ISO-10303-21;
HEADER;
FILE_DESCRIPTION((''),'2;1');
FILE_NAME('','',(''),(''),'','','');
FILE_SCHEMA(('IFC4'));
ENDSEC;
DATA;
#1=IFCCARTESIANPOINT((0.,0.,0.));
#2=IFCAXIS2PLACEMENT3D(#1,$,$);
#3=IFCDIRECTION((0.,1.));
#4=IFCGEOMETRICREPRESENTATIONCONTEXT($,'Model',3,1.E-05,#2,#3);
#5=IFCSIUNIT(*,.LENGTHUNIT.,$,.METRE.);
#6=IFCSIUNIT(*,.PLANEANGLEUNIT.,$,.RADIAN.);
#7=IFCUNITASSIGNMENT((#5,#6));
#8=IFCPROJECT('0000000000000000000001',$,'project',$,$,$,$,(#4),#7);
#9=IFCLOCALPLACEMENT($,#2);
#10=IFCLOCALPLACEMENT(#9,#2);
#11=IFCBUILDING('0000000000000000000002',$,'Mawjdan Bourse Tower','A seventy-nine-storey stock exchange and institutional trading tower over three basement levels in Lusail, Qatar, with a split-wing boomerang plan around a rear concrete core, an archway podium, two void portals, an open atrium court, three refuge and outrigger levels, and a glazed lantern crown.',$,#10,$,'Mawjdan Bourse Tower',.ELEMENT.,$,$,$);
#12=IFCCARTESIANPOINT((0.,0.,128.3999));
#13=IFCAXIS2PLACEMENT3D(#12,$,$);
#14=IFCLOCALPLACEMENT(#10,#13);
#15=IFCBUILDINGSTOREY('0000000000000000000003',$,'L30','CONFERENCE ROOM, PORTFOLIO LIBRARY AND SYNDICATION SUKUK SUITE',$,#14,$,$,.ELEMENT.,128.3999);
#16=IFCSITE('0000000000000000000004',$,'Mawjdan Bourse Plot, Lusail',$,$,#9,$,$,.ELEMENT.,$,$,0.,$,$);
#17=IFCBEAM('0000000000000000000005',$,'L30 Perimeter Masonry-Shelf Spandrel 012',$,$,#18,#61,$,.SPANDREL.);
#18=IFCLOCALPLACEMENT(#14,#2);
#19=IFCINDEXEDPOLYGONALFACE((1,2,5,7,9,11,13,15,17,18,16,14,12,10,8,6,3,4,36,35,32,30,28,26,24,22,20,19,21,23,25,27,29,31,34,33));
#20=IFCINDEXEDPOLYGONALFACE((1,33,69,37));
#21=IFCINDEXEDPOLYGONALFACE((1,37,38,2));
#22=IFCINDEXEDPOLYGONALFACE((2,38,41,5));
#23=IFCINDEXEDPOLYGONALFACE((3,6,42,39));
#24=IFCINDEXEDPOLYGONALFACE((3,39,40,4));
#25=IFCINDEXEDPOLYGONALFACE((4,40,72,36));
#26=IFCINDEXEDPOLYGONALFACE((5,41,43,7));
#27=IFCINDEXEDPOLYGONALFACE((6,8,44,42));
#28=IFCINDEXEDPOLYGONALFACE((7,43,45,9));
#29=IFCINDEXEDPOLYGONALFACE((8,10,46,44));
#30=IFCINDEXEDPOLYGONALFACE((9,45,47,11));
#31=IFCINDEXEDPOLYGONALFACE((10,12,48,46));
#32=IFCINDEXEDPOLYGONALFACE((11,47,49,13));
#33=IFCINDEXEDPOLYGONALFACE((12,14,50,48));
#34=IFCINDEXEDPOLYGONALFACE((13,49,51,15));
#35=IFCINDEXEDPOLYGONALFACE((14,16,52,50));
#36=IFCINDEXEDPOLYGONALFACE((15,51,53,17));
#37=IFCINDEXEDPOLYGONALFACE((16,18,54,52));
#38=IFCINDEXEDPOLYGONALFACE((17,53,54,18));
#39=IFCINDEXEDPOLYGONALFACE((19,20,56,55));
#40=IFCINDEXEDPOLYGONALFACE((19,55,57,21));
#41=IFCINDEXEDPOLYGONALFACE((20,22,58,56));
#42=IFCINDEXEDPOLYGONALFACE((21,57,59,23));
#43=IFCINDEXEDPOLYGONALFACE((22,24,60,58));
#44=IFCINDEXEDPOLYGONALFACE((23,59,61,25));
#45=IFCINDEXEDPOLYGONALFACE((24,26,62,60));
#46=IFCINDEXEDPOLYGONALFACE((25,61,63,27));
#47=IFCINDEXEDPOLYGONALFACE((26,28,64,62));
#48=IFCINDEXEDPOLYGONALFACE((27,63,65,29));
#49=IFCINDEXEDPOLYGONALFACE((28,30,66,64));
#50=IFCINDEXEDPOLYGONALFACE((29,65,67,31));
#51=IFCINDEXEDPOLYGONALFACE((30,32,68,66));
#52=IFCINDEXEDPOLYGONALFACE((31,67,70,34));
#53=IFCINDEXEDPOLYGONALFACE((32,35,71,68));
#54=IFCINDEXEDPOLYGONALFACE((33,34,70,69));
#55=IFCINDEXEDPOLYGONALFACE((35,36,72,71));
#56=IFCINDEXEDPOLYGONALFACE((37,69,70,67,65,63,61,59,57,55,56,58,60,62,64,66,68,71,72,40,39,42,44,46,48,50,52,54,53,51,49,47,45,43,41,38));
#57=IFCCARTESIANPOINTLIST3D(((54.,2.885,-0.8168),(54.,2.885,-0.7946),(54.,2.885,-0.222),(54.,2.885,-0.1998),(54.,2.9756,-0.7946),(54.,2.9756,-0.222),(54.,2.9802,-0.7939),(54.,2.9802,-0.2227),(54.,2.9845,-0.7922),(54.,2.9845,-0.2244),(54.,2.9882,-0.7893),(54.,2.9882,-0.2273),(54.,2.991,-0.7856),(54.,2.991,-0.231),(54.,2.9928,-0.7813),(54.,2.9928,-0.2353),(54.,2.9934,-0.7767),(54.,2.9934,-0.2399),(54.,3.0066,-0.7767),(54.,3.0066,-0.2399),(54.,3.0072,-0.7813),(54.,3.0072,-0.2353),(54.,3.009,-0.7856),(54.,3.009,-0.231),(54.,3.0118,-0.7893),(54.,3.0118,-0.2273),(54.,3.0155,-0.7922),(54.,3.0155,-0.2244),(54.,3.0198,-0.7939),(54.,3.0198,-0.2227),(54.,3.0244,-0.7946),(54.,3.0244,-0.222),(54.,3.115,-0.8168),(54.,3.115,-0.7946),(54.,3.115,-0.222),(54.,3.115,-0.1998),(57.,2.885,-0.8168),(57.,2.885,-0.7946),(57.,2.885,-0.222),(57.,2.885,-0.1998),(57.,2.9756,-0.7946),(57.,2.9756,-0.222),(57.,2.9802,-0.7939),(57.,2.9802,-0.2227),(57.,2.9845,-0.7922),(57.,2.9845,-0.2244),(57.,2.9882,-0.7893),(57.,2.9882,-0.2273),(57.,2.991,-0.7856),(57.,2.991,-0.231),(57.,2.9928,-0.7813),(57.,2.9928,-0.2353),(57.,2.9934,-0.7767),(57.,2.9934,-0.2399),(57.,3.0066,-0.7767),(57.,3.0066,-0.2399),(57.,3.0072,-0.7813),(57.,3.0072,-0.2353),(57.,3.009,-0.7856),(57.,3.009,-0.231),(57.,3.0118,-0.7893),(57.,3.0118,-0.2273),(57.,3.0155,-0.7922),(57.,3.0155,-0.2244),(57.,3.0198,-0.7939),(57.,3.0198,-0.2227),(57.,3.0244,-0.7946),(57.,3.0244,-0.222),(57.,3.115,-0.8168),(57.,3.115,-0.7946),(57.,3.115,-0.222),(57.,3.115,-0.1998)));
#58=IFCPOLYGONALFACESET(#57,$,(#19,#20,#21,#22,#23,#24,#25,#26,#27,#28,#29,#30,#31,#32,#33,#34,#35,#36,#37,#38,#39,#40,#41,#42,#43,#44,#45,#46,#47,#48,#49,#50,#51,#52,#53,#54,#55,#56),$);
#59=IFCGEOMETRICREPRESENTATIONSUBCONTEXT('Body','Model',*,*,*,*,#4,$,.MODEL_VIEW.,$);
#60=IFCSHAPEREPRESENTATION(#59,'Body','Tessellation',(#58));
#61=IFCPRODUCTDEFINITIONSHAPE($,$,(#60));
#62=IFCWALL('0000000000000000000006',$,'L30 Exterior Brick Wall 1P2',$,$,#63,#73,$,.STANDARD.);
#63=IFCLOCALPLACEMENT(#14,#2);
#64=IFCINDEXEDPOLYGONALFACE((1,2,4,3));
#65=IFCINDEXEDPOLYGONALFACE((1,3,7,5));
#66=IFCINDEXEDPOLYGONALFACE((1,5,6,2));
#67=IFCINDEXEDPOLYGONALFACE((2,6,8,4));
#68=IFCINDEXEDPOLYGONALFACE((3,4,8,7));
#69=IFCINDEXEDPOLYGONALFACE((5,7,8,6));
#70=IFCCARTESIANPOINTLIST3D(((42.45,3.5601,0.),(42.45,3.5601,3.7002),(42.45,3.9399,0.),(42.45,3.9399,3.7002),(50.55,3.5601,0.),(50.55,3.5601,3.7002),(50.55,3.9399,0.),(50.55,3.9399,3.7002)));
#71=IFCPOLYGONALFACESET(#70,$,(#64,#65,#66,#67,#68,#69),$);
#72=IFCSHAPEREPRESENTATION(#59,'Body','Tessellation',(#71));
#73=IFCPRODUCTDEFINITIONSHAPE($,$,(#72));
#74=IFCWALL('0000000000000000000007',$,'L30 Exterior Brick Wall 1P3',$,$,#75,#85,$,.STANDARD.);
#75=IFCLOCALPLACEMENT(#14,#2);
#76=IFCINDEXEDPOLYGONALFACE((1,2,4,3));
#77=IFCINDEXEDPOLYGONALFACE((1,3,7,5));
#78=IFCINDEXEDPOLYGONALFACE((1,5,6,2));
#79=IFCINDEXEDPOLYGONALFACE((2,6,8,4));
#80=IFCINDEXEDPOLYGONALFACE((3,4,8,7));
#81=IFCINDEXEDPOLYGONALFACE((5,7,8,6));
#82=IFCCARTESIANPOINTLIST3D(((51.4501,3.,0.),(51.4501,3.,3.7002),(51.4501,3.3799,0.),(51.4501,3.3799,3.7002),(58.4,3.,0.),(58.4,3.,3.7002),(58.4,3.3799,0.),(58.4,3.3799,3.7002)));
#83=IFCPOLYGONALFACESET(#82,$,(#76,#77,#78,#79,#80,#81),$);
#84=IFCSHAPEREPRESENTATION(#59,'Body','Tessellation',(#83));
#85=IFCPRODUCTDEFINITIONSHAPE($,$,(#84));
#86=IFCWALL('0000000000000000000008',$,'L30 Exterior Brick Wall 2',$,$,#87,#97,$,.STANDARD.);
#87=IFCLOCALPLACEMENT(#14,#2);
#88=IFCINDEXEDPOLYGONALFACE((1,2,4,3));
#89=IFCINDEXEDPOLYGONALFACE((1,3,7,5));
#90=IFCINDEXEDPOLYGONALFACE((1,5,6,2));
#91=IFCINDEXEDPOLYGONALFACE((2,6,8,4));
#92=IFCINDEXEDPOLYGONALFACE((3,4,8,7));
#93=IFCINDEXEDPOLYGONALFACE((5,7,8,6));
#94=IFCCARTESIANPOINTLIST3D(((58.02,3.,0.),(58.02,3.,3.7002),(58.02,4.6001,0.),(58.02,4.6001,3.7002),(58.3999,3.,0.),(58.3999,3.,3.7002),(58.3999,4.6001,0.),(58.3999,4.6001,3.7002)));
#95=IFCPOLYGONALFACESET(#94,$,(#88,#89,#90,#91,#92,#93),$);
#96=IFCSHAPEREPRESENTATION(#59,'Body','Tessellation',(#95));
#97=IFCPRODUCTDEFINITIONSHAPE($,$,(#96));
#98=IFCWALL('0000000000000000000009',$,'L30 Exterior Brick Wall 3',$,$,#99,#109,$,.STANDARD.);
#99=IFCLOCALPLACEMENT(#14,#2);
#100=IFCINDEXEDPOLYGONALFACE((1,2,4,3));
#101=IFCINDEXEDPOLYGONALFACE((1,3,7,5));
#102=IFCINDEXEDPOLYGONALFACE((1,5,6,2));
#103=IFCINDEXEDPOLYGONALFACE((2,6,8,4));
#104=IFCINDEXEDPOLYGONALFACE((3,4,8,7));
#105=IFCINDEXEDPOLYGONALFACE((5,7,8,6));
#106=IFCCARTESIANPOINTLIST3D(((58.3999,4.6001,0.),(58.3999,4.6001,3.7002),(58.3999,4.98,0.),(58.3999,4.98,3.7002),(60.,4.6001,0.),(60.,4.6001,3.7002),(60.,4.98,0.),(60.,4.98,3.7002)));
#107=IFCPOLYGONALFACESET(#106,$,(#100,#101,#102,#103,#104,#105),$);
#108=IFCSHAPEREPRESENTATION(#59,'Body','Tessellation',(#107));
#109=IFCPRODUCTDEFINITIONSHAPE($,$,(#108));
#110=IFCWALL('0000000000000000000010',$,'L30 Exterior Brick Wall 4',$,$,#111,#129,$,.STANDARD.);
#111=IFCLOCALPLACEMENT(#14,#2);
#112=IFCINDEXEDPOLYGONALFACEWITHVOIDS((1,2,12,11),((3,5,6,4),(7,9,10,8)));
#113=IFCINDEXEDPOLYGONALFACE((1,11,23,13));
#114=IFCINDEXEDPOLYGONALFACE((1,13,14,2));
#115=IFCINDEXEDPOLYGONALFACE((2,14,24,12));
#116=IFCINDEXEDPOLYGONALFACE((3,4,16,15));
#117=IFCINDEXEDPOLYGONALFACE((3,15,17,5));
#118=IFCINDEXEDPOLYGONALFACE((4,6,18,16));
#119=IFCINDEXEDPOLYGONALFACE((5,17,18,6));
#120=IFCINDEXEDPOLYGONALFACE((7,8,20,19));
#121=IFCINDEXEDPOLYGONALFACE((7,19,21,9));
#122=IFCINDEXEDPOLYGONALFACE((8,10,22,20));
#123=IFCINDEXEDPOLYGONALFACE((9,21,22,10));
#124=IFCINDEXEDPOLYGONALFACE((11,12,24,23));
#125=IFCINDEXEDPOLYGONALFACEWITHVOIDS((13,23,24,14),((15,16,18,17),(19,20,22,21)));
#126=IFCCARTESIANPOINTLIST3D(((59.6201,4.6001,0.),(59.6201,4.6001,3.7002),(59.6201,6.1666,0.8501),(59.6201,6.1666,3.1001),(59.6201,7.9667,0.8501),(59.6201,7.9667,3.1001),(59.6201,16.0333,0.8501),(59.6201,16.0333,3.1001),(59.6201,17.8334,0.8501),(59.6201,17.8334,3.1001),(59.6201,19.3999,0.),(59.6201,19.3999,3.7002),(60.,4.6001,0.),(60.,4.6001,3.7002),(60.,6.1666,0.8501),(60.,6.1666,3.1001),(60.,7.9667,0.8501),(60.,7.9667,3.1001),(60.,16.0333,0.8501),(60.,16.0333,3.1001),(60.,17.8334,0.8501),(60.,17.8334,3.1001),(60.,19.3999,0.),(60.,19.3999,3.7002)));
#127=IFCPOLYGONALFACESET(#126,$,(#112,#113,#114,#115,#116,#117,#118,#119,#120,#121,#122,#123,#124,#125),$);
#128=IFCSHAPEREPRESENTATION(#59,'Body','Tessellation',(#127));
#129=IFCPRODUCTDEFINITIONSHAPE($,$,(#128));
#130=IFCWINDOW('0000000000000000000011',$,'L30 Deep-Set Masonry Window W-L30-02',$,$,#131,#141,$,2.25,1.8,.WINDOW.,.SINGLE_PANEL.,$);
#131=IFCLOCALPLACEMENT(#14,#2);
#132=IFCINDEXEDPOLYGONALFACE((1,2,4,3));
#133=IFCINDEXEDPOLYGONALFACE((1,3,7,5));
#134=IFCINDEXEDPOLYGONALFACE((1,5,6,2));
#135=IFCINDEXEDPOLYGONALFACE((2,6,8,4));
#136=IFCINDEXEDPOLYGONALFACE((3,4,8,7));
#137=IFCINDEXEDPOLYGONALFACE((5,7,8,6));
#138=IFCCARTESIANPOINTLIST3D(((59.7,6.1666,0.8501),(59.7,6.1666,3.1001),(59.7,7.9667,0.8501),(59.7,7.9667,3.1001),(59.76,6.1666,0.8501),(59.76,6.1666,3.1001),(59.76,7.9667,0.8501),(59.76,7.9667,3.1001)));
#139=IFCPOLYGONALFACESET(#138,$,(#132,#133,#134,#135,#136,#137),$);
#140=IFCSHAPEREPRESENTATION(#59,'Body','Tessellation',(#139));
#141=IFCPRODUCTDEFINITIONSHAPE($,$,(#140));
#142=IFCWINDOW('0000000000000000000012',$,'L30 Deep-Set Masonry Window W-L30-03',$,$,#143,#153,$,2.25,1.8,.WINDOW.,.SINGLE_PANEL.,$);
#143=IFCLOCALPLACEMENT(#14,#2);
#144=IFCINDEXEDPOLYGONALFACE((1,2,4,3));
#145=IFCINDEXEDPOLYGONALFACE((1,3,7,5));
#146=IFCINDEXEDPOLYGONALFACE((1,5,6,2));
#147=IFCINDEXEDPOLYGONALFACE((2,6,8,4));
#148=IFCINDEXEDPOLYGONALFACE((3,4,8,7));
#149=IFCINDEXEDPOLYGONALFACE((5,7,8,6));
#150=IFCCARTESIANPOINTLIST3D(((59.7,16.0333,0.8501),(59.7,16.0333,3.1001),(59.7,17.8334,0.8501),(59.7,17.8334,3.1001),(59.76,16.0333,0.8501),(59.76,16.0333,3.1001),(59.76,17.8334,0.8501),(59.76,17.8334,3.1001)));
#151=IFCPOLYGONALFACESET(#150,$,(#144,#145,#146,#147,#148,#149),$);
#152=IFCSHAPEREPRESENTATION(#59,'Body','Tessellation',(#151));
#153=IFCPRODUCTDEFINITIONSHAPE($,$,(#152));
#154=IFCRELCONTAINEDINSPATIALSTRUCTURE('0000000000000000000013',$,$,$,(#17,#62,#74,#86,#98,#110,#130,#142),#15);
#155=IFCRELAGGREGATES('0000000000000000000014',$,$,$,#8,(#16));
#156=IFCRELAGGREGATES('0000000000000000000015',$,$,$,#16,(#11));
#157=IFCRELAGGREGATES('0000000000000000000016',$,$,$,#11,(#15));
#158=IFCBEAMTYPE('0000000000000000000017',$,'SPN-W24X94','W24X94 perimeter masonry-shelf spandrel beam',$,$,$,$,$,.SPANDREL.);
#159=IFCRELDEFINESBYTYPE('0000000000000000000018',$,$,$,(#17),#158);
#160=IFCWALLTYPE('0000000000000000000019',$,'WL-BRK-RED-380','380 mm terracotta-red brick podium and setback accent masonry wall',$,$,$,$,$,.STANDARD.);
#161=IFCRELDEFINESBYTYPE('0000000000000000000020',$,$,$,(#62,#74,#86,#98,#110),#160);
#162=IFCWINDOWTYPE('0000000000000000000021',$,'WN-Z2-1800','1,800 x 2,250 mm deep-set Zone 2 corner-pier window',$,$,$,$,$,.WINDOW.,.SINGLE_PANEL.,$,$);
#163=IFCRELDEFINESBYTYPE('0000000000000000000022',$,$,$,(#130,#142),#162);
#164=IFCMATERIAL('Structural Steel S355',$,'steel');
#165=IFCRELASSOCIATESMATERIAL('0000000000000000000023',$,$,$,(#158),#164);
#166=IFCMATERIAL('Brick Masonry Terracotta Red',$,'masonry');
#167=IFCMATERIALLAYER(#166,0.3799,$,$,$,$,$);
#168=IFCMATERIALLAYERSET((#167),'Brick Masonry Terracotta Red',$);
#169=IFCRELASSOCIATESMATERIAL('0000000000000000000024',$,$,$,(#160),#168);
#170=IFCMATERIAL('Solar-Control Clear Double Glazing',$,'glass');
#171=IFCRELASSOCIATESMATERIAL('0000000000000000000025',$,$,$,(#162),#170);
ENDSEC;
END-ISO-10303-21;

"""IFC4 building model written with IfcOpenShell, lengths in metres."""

from ifc_helpers import new_model, si_unit, direction, frame, frame_2d, origin, origin_2d, place, context, subcontext, project, spatial, rectangle, i_section, extrude, material, layer, layer_set, material_profile, profile_set, type_object, element, fill, save


model = new_model("IFC4")

# Units and contexts
model_context = context("Model", 3, precision=1e-05, world=origin(), true_north=direction((0.0, 1.0)))
body_context = subcontext(model_context, "Body", "Model", "MODEL_VIEW")
ifc_project = project(units=[si_unit("LENGTHUNIT", "METRE"), si_unit("PLANEANGLEUNIT", "RADIAN")], contexts=[model_context])

# Site, building, storey
site_placement = place(None, origin())
site = spatial("IfcSite", under=ifc_project, at=site_placement, Name="Mawjdan Bourse Plot, Lusail", CompositionType="ELEMENT", RefElevation=0.0)
building_placement = place(site_placement, origin())
building = spatial("IfcBuilding", under=site, at=building_placement, Name="Mawjdan Bourse Tower", Description="A seventy-nine-storey stock exchange and institutional trading tower over three basement levels in Lusail, Qatar, with a split-wing boomerang plan around a rear concrete core, an archway podium, two void portals, an open atrium court, three refuge and outrigger levels, and a glazed lantern crown.", LongName="Mawjdan Bourse Tower", CompositionType="ELEMENT")
storey_placement = place(building_placement, frame((0.0, 0.0, 128.3999)))
storey = spatial("IfcBuildingStorey", under=building, at=storey_placement, Name="L30", Description="CONFERENCE ROOM, PORTFOLIO LIBRARY AND SYNDICATION SUKUK SUITE", CompositionType="ELEMENT", Elevation=128.3999)

# Shared definitions
ifc_material_1 = material(Name="Structural Steel S355", Category="steel")

# Beam
ifc_material_profile_1 = material_profile(ifc_material_1, i_section(OverallWidth=0.23, OverallDepth=0.6169, WebThickness=0.0132, FlangeThickness=0.0222, FilletRadius=0.0178, at=origin_2d()), Name="W24X94")
ifc_profile_set_1 = profile_set([ifc_material_profile_1], Name="Structural Steel S355")
beam_type_1 = type_object("IfcBeamType", Name="SPN-W24X94", Description="W24X94 perimeter masonry-shelf spandrel beam", PredefinedType="SPANDREL", material=ifc_profile_set_1)
for number, where, z_axis, x_axis, name in (
    (1, (54.0, 3.0, -0.5083), (1.0, 0.0, 0.0), (0.0, 1.0, 0.0), "L30 Perimeter Masonry-Shelf Spandrel 012"),
):
    element("IfcBeam", number, at=place(storey_placement, frame(where, z_axis=z_axis, x_axis=x_axis)), inside=storey, type_object=beam_type_1, Name=name, PredefinedType="SPANDREL", context=body_context, shape_type="SweptSolid", body=[
        extrude(i_section(OverallWidth=0.23, OverallDepth=0.6169, WebThickness=0.0132, FlangeThickness=0.0222, FilletRadius=0.0178, at=origin_2d()), origin(), (0.0, 0.0, 1.0), 3.0),
    ])

# Walls
ifc_material_2 = material(Name="Brick Masonry Terracotta Red", Category="masonry")
ifc_layer_1 = layer(ifc_material_2, 0.3799)
ifc_layer_set_1 = layer_set([ifc_layer_1], Name="Brick Masonry Terracotta Red")
wall_type_1 = type_object("IfcWallType", Name="WL-BRK-RED-380", Description="380 mm terracotta-red brick podium and setback accent masonry wall", PredefinedType="STANDARD", material=ifc_layer_set_1)
wall_1_placement = place(storey_placement, frame((42.45, 3.75, 0.0), z_axis=(0.0, 0.0, 1.0), x_axis=(1.0, 0.0, 0.0)))
element("IfcWall", 2, at=wall_1_placement, inside=storey, type_object=wall_type_1, Name="L30 Exterior Brick Wall 1P2", PredefinedType="STANDARD", context=body_context, shape_type="SweptSolid", body=[
    extrude(rectangle(XDim=8.1001, YDim=0.3799, at=frame_2d((4.05, 0.0))), origin(), (0.0, 0.0, 1.0), 3.7002),
])
wall_2_placement = place(storey_placement, frame((51.45, 3.1899, 0.0), z_axis=(0.0, 0.0, 1.0), x_axis=(1.0, 0.0, 0.0)))
element("IfcWall", 3, at=wall_2_placement, inside=storey, type_object=wall_type_1, Name="L30 Exterior Brick Wall 1P3", PredefinedType="STANDARD", context=body_context, shape_type="SweptSolid", body=[
    extrude(rectangle(XDim=6.95, YDim=0.3799, at=frame_2d((3.4751, 0.0))), origin(), (0.0, 0.0, 1.0), 3.7002),
])
for number, where, z_axis, x_axis, name in (
    (4, (58.21, 3.0, 0.0), (0.0, 0.0, 1.0), (0.0, 1.0, 0.0), "L30 Exterior Brick Wall 2"),
    (5, (58.3999, 4.79, 0.0), (0.0, 0.0, 1.0), (1.0, 0.0, 0.0), "L30 Exterior Brick Wall 3"),
):
    element("IfcWall", number, at=place(storey_placement, frame(where, z_axis=z_axis, x_axis=x_axis)), inside=storey, type_object=wall_type_1, Name=name, PredefinedType="STANDARD", context=body_context, shape_type="SweptSolid", body=[
        extrude(rectangle(XDim=1.6001, YDim=0.3799, at=frame_2d((0.8, 0.0))), origin(), (0.0, 0.0, 1.0), 3.7002),
    ])

# Wall, openings, windows
wall_3_placement = place(storey_placement, frame((59.8101, 4.6001, 0.0), z_axis=(0.0, 0.0, 1.0), x_axis=(0.0, 1.0, 0.0)))
wall_3 = element("IfcWall", 6, at=wall_3_placement, inside=storey, type_object=wall_type_1, Name="L30 Exterior Brick Wall 4", PredefinedType="STANDARD", context=body_context, shape_type="SweptSolid", body=[
    extrude(rectangle(XDim=14.7998, YDim=0.3799, at=frame_2d((7.3999, 0.0))), origin(), (0.0, 0.0, 1.0), 3.7002),
])
opening_1_placement = place(wall_3_placement, frame((1.5667, 0.0, 0.8501)))
opening_1 = element("IfcOpeningElement", 7, at=opening_1_placement, cuts=wall_3, PredefinedType="OPENING", context=body_context, shape_type="SweptSolid", body=[
    extrude(rectangle(XDim=1.8, YDim=2.25, at=frame_2d((0.8999, 1.125))), frame((0.0, 0.2, 0.0), z_axis=(0.0, -1.0, 0.0), x_axis=(1.0, 0.0, 0.0)), (0.0, 0.0, 1.0), 0.3999),
])
opening_2_placement = place(wall_3_placement, frame((11.4333, 0.0, 0.8501)))
opening_2 = element("IfcOpeningElement", 8, at=opening_2_placement, cuts=wall_3, PredefinedType="OPENING", context=body_context, shape_type="SweptSolid", body=[
    extrude(rectangle(XDim=1.8, YDim=2.25, at=frame_2d((0.8999, 1.125))), frame((0.0, 0.2, 0.0), z_axis=(0.0, -1.0, 0.0), x_axis=(1.0, 0.0, 0.0)), (0.0, 0.0, 1.0), 0.3999),
])
ifc_material_3 = material(Name="Solar-Control Clear Double Glazing", Category="glass")
window_type = type_object("IfcWindowType", Name="WN-Z2-1800", Description="1,800 x 2,250 mm deep-set Zone 2 corner-pier window", PartitioningType="SINGLE_PANEL", PredefinedType="WINDOW", material=ifc_material_3)
window_1_placement = place(opening_1_placement, origin())
window_1 = element("IfcWindow", 9, at=window_1_placement, inside=storey, type_object=window_type, Name="L30 Deep-Set Masonry Window W-L30-02", OverallHeight=2.25, OverallWidth=1.8, PartitioningType="SINGLE_PANEL", PredefinedType="WINDOW", context=body_context, shape_type="SweptSolid", body=[
    extrude(rectangle(XDim=1.8, YDim=2.25, at=frame_2d((0.8999, 1.125))), frame((0.0, 0.1101, 0.0), z_axis=(0.0, -1.0, 0.0), x_axis=(1.0, 0.0, 0.0)), (0.0, 0.0, 1.0), 0.0601),
])
fill(opening_1, window_1)
window_2_placement = place(opening_2_placement, origin())
window_2 = element("IfcWindow", 10, at=window_2_placement, inside=storey, type_object=window_type, Name="L30 Deep-Set Masonry Window W-L30-03", OverallHeight=2.25, OverallWidth=1.8, PartitioningType="SINGLE_PANEL", PredefinedType="WINDOW", context=body_context, shape_type="SweptSolid", body=[
    extrude(rectangle(XDim=1.8, YDim=2.25, at=frame_2d((0.8999, 1.125))), frame((0.0, 0.1101, 0.0), z_axis=(0.0, -1.0, 0.0), x_axis=(1.0, 0.0, 0.0)), (0.0, 0.0, 1.0), 0.0601),
])
fill(opening_2, window_2)

save(model, "model.ifc")
